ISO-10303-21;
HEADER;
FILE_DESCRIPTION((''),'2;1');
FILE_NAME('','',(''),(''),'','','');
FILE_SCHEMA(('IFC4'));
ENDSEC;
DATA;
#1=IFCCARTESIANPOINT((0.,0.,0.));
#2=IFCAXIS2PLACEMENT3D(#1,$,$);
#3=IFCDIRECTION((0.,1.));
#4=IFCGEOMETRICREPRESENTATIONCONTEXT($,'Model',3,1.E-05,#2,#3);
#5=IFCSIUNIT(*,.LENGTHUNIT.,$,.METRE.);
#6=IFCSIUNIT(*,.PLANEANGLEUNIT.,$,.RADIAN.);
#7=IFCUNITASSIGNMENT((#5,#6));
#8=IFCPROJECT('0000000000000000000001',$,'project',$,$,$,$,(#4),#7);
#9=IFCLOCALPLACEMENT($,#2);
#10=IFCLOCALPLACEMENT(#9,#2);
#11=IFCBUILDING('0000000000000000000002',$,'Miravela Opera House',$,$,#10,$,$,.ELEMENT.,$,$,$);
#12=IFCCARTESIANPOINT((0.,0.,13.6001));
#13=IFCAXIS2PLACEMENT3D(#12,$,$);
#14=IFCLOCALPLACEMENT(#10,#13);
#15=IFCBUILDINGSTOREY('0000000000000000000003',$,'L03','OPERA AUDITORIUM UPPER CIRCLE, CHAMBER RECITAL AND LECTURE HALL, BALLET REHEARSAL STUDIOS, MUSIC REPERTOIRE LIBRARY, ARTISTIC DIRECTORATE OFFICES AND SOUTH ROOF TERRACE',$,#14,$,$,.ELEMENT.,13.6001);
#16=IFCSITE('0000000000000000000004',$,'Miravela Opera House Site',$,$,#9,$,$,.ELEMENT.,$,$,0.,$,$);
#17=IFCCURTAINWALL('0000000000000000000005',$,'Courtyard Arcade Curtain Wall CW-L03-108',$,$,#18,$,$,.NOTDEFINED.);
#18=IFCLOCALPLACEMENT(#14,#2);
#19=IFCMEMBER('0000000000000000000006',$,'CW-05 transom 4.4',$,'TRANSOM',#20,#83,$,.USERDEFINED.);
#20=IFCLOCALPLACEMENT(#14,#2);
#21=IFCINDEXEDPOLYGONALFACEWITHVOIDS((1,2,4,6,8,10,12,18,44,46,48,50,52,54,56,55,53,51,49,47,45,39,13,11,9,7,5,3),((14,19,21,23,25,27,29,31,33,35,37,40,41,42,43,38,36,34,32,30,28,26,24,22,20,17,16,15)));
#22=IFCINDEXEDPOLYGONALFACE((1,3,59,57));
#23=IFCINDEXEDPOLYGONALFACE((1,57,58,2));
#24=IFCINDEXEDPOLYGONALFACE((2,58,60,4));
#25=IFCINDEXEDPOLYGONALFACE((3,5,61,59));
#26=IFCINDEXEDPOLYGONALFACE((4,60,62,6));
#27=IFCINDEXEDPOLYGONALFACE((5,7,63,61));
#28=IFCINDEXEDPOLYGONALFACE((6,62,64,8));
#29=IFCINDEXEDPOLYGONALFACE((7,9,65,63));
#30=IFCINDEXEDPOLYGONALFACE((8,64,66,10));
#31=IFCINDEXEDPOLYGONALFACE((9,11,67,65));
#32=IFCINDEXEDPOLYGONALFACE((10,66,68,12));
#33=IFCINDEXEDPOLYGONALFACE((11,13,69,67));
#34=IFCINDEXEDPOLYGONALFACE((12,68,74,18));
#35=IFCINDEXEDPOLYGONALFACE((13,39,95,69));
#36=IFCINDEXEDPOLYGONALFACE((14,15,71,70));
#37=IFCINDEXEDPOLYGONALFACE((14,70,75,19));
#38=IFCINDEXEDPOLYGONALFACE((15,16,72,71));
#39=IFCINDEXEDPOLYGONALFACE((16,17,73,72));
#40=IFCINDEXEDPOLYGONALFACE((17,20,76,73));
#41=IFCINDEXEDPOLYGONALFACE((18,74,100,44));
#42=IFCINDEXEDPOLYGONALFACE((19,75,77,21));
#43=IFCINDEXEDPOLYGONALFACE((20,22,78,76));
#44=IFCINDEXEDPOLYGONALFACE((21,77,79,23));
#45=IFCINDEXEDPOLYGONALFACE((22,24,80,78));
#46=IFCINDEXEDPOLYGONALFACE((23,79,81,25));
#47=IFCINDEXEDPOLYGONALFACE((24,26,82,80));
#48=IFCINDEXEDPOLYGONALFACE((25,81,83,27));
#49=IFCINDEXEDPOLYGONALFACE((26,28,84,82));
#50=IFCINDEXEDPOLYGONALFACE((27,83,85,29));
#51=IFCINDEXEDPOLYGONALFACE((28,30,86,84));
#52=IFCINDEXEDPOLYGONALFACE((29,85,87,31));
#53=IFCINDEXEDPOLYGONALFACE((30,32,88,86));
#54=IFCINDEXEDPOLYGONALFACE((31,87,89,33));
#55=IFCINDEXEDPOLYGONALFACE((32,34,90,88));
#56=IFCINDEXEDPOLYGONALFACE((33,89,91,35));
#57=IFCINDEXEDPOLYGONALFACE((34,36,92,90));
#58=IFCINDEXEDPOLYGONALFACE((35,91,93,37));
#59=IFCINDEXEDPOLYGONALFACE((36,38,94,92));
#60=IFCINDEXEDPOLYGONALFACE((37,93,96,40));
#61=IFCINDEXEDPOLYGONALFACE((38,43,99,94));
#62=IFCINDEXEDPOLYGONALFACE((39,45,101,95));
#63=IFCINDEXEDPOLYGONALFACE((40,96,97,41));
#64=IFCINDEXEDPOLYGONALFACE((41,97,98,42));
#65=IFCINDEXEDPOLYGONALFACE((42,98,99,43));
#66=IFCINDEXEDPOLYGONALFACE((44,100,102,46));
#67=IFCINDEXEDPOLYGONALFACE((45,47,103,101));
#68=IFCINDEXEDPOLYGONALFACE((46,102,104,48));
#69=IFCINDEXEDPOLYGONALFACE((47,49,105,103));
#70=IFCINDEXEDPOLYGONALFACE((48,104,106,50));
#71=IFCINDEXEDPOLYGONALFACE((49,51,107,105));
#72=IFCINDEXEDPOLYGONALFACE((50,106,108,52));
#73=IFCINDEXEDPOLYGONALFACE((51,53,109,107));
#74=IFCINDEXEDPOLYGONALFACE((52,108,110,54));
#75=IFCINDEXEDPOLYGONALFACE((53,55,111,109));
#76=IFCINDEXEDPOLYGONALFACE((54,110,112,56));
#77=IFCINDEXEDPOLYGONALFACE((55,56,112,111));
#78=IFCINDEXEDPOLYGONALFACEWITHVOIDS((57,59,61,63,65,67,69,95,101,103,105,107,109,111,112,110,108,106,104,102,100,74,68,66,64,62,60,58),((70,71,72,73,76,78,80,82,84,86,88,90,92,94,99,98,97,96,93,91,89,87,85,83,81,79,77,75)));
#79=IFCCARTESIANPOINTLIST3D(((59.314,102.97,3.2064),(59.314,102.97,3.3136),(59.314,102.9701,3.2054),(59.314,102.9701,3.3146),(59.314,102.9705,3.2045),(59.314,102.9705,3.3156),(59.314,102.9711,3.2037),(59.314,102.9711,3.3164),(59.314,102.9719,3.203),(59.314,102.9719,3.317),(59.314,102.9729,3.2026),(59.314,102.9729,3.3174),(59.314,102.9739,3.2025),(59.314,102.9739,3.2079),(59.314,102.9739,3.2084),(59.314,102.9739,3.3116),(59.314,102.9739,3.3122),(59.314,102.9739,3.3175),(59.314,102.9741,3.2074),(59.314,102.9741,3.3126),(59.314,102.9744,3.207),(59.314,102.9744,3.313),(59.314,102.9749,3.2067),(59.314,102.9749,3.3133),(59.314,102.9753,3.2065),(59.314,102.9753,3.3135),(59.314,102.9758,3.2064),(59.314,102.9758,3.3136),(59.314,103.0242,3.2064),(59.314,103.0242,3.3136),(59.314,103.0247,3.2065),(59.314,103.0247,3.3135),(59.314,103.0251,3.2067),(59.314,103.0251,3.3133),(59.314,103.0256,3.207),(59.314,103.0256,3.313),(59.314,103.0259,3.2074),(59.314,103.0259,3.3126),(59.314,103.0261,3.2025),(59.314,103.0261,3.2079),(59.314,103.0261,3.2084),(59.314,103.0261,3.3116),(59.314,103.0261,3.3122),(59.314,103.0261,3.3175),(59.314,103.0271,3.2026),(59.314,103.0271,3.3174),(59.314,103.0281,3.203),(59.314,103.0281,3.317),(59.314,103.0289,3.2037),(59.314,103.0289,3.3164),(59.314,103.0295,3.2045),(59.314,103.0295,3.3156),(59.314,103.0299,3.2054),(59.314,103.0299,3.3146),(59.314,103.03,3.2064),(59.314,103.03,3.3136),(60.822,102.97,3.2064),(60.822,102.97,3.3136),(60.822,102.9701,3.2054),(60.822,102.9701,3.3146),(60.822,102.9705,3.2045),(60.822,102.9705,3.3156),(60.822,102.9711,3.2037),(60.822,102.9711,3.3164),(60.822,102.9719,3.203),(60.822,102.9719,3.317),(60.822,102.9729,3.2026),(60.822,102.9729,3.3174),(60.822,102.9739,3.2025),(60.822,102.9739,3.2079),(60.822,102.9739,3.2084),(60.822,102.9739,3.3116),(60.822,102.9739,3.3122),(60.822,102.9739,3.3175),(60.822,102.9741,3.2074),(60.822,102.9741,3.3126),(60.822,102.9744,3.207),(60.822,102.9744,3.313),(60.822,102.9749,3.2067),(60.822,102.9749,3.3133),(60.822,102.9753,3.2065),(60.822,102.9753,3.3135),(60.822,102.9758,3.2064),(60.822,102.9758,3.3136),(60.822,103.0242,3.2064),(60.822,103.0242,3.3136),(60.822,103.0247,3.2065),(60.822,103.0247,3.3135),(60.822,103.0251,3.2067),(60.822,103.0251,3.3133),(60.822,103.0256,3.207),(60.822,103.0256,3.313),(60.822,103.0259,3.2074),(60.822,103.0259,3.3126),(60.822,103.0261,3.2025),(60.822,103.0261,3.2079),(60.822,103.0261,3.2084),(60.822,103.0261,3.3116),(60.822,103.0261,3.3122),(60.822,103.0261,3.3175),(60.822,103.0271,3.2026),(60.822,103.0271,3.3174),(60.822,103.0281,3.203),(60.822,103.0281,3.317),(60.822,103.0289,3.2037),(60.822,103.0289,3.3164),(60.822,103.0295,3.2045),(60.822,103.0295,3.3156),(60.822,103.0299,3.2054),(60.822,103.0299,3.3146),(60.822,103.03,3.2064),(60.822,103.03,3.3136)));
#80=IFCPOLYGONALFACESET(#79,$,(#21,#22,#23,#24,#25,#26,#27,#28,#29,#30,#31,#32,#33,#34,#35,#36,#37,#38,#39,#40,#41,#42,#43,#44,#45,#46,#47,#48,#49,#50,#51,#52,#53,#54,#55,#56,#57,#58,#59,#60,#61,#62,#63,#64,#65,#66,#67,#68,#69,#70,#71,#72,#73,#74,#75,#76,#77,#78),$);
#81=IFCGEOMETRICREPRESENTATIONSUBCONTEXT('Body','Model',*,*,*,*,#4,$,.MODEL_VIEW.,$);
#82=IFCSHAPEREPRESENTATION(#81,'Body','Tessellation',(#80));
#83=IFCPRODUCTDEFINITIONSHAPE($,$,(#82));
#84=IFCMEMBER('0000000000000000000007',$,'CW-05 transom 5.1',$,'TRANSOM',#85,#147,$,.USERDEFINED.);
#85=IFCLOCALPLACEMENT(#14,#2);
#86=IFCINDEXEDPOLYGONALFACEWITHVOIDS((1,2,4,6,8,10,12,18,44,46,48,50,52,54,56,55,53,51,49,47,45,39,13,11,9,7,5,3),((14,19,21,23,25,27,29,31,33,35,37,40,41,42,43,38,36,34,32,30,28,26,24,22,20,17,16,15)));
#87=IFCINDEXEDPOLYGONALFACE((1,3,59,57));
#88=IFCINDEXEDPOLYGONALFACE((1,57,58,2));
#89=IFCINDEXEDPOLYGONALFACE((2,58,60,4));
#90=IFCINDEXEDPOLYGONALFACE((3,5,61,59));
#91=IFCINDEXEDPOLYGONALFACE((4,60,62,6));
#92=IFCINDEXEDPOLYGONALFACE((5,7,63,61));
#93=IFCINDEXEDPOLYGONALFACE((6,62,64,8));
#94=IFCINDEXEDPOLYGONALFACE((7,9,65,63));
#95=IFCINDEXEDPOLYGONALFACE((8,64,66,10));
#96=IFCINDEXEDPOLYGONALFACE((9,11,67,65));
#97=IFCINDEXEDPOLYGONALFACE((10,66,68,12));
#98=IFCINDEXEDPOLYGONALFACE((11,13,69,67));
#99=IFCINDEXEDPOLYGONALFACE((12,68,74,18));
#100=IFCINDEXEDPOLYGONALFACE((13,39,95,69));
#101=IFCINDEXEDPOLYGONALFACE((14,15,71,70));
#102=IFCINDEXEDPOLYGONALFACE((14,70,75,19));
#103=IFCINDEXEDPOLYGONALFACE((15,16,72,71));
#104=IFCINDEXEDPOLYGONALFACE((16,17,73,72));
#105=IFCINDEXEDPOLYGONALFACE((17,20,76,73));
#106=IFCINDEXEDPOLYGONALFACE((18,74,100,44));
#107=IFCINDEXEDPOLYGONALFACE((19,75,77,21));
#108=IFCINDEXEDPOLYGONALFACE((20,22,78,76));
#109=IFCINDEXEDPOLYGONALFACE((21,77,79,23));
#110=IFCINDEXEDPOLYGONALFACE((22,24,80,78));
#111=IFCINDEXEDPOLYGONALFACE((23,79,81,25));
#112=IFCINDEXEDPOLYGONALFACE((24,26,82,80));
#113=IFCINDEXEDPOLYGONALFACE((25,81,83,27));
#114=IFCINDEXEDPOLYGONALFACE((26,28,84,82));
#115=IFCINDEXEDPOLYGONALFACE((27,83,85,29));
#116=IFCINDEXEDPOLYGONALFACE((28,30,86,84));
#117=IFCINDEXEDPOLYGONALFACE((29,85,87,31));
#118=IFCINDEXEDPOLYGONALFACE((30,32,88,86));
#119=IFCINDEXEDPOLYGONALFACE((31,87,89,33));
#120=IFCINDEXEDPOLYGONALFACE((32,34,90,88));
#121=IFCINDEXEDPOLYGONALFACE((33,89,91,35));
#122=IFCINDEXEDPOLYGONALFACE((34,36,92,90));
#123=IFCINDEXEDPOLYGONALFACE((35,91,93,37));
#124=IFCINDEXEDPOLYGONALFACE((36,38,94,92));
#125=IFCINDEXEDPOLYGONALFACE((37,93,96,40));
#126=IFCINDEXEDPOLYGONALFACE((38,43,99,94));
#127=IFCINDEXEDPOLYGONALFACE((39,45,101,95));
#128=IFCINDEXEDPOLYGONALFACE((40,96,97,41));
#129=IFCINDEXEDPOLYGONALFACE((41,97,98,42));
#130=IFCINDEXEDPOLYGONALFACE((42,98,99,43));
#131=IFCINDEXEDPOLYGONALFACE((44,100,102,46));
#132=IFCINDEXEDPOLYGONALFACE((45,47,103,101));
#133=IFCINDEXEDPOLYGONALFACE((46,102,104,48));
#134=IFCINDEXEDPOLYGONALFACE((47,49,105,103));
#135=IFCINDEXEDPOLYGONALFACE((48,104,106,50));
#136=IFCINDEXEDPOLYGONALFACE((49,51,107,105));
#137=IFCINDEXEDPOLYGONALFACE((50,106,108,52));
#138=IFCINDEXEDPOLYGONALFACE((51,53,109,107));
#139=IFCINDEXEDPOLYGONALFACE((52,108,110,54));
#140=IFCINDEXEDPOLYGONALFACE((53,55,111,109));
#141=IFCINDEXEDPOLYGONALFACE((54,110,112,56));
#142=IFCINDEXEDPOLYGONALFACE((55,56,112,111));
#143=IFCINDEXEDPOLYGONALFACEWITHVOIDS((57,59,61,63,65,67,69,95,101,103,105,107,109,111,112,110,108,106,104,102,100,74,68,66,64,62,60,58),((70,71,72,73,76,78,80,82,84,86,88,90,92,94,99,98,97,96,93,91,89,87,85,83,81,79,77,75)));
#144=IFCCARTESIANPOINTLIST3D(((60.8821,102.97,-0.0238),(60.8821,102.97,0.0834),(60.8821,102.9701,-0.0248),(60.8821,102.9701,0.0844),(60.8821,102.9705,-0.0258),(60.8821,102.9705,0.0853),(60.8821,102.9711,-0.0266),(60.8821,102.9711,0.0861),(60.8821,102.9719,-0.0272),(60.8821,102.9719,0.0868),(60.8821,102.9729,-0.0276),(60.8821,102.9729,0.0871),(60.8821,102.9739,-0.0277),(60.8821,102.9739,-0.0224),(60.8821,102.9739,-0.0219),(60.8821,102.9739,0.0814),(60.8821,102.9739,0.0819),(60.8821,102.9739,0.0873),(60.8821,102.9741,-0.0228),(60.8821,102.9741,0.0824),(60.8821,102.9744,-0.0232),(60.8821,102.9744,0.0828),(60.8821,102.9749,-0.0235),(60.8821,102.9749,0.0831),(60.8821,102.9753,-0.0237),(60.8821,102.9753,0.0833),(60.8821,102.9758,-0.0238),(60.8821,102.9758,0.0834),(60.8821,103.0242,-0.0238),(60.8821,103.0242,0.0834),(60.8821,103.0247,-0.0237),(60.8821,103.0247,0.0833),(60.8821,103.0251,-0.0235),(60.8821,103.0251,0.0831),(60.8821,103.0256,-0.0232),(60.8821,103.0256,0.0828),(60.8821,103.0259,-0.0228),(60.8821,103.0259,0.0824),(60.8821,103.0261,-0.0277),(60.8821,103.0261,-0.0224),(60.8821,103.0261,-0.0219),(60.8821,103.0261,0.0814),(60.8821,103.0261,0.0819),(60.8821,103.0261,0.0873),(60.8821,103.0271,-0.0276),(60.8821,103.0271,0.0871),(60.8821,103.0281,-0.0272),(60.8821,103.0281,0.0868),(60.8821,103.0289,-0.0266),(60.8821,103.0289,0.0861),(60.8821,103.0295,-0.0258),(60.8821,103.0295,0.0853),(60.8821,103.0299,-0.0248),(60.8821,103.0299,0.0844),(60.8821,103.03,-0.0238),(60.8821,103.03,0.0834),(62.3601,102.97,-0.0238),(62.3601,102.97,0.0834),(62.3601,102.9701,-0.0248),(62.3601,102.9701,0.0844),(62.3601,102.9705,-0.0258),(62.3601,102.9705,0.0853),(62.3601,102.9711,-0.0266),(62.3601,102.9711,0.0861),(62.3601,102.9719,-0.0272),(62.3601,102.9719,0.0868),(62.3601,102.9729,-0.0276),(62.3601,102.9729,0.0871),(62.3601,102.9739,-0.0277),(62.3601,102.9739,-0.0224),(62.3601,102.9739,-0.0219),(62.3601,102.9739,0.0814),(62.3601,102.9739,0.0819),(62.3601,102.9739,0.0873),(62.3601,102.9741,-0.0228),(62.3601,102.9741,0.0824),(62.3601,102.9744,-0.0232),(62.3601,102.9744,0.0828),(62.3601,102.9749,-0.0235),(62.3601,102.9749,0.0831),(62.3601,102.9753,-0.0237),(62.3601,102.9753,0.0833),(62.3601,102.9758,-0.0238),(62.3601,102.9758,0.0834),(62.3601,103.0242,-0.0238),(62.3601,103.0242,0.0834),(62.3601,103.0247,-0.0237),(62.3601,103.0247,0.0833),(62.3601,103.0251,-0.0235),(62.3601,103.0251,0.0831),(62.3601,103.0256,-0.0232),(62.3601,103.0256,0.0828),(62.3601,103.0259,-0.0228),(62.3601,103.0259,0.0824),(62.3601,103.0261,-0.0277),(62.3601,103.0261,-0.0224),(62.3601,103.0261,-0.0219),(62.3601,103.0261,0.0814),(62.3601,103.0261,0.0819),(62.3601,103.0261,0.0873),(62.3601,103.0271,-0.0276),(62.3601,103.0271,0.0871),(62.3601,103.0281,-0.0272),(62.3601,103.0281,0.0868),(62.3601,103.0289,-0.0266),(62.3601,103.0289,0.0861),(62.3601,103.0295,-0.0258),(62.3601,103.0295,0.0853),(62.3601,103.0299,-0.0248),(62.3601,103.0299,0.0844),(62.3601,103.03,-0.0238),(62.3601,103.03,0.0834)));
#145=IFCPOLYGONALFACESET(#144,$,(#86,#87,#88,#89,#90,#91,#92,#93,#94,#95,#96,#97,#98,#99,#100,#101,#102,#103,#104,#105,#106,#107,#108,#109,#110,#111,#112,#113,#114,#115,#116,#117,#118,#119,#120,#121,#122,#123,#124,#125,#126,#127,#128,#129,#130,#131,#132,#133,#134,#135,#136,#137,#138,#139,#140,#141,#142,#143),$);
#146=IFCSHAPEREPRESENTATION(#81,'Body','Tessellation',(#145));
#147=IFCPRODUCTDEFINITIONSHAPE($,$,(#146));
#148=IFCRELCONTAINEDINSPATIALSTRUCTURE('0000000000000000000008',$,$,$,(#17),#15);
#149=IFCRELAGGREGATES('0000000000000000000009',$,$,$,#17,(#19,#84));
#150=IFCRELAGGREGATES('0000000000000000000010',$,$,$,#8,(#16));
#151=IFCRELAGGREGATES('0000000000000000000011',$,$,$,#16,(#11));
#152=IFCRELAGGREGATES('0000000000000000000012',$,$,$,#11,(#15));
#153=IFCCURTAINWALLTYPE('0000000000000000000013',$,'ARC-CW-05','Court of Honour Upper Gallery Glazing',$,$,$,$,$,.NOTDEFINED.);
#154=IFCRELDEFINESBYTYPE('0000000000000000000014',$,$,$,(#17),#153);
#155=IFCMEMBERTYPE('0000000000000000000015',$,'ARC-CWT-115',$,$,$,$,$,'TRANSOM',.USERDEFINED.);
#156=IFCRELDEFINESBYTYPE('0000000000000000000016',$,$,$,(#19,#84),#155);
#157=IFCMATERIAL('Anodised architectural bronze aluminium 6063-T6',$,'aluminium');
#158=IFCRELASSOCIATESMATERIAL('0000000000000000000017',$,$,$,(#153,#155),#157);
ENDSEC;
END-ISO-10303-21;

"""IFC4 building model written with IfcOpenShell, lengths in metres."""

from ifc_helpers import new_model, si_unit, direction, frame, origin, origin_2d, place, context, subcontext, project, spatial, hollow_rectangle, extrude, material, material_profile, profile_set, type_object, element, aggregate, save


model = new_model("IFC4")

# Units and contexts
model_context = context("Model", 3, precision=1e-05, world=origin(), true_north=direction((0.0, 1.0)))
body_context = subcontext(model_context, "Body", "Model", "MODEL_VIEW")
ifc_project = project(units=[si_unit("LENGTHUNIT", "METRE"), si_unit("PLANEANGLEUNIT", "RADIAN")], contexts=[model_context])

# Site, building, storey
site_placement = place(None, origin())
site = spatial("IfcSite", under=ifc_project, at=site_placement, Name="Miravela Opera House Site", CompositionType="ELEMENT", RefElevation=0.0)
building_placement = place(site_placement, origin())
building = spatial("IfcBuilding", under=site, at=building_placement, Name="Miravela Opera House", CompositionType="ELEMENT")
storey_placement = place(building_placement, frame((0.0, 0.0, 13.6001)))
storey = spatial("IfcBuildingStorey", under=building, at=storey_placement, Name="L03", Description="OPERA AUDITORIUM UPPER CIRCLE, CHAMBER RECITAL AND LECTURE HALL, BALLET REHEARSAL STUDIOS, MUSIC REPERTOIRE LIBRARY, ARTISTIC DIRECTORATE OFFICES AND SOUTH ROOF TERRACE", CompositionType="ELEMENT", Elevation=13.6001)

# Curtain wall, members
ifc_material_1 = material(Name="Anodised architectural bronze aluminium 6063-T6", Category="aluminium")
curtain_wall_type = type_object("IfcCurtainWallType", Name="ARC-CW-05", Description="Court of Honour Upper Gallery Glazing", PredefinedType="NOTDEFINED", material=ifc_material_1)
curtain_wall_placement = place(storey_placement, origin())
curtain_wall = element("IfcCurtainWall", 1, at=curtain_wall_placement, inside=storey, type_object=curtain_wall_type, Name="Courtyard Arcade Curtain Wall CW-L03-108", PredefinedType="NOTDEFINED")
ifc_material_profile_1 = material_profile(ifc_material_1, hollow_rectangle(XDim=0.0601, YDim=0.115, WallThickness=0.0039, InnerFilletRadius=0.002, OuterFilletRadius=0.0039, at=origin_2d()), Name="CWT-60X115")
ifc_profile_set_1 = profile_set([ifc_material_profile_1])
member_type_1 = type_object("IfcMemberType", Name="ARC-CWT-115", ElementType="TRANSOM", PredefinedType="USERDEFINED", material=ifc_profile_set_1)
member_1_placement = place(storey_placement, frame((59.314, 103.0, 3.26), z_axis=(1.0, 0.0, 0.0), x_axis=(0.0, 1.0, 0.0)))
member_1 = element("IfcMember", 2, at=member_1_placement, type_object=member_type_1, Name="CW-05 transom 4.4", ObjectType="TRANSOM", PredefinedType="USERDEFINED", context=body_context, shape_type="SweptSolid", body=[
    extrude(hollow_rectangle(XDim=0.0601, YDim=0.115, WallThickness=0.0039, InnerFilletRadius=0.002, OuterFilletRadius=0.0039, at=origin_2d()), origin(), (0.0, 0.0, 1.0), 1.5081),
])
member_2_placement = place(storey_placement, frame((60.8821, 103.0, 0.0298), z_axis=(1.0, 0.0, 0.0), x_axis=(0.0, 1.0, 0.0)))
member_2 = element("IfcMember", 3, at=member_2_placement, type_object=member_type_1, Name="CW-05 transom 5.1", ObjectType="TRANSOM", PredefinedType="USERDEFINED", context=body_context, shape_type="SweptSolid", body=[
    extrude(hollow_rectangle(XDim=0.0601, YDim=0.115, WallThickness=0.0039, InnerFilletRadius=0.002, OuterFilletRadius=0.0039, at=origin_2d()), origin(), (0.0, 0.0, 1.0), 1.478),
])

aggregate(curtain_wall, [member_1, member_2])

save(model, "model.ifc")
